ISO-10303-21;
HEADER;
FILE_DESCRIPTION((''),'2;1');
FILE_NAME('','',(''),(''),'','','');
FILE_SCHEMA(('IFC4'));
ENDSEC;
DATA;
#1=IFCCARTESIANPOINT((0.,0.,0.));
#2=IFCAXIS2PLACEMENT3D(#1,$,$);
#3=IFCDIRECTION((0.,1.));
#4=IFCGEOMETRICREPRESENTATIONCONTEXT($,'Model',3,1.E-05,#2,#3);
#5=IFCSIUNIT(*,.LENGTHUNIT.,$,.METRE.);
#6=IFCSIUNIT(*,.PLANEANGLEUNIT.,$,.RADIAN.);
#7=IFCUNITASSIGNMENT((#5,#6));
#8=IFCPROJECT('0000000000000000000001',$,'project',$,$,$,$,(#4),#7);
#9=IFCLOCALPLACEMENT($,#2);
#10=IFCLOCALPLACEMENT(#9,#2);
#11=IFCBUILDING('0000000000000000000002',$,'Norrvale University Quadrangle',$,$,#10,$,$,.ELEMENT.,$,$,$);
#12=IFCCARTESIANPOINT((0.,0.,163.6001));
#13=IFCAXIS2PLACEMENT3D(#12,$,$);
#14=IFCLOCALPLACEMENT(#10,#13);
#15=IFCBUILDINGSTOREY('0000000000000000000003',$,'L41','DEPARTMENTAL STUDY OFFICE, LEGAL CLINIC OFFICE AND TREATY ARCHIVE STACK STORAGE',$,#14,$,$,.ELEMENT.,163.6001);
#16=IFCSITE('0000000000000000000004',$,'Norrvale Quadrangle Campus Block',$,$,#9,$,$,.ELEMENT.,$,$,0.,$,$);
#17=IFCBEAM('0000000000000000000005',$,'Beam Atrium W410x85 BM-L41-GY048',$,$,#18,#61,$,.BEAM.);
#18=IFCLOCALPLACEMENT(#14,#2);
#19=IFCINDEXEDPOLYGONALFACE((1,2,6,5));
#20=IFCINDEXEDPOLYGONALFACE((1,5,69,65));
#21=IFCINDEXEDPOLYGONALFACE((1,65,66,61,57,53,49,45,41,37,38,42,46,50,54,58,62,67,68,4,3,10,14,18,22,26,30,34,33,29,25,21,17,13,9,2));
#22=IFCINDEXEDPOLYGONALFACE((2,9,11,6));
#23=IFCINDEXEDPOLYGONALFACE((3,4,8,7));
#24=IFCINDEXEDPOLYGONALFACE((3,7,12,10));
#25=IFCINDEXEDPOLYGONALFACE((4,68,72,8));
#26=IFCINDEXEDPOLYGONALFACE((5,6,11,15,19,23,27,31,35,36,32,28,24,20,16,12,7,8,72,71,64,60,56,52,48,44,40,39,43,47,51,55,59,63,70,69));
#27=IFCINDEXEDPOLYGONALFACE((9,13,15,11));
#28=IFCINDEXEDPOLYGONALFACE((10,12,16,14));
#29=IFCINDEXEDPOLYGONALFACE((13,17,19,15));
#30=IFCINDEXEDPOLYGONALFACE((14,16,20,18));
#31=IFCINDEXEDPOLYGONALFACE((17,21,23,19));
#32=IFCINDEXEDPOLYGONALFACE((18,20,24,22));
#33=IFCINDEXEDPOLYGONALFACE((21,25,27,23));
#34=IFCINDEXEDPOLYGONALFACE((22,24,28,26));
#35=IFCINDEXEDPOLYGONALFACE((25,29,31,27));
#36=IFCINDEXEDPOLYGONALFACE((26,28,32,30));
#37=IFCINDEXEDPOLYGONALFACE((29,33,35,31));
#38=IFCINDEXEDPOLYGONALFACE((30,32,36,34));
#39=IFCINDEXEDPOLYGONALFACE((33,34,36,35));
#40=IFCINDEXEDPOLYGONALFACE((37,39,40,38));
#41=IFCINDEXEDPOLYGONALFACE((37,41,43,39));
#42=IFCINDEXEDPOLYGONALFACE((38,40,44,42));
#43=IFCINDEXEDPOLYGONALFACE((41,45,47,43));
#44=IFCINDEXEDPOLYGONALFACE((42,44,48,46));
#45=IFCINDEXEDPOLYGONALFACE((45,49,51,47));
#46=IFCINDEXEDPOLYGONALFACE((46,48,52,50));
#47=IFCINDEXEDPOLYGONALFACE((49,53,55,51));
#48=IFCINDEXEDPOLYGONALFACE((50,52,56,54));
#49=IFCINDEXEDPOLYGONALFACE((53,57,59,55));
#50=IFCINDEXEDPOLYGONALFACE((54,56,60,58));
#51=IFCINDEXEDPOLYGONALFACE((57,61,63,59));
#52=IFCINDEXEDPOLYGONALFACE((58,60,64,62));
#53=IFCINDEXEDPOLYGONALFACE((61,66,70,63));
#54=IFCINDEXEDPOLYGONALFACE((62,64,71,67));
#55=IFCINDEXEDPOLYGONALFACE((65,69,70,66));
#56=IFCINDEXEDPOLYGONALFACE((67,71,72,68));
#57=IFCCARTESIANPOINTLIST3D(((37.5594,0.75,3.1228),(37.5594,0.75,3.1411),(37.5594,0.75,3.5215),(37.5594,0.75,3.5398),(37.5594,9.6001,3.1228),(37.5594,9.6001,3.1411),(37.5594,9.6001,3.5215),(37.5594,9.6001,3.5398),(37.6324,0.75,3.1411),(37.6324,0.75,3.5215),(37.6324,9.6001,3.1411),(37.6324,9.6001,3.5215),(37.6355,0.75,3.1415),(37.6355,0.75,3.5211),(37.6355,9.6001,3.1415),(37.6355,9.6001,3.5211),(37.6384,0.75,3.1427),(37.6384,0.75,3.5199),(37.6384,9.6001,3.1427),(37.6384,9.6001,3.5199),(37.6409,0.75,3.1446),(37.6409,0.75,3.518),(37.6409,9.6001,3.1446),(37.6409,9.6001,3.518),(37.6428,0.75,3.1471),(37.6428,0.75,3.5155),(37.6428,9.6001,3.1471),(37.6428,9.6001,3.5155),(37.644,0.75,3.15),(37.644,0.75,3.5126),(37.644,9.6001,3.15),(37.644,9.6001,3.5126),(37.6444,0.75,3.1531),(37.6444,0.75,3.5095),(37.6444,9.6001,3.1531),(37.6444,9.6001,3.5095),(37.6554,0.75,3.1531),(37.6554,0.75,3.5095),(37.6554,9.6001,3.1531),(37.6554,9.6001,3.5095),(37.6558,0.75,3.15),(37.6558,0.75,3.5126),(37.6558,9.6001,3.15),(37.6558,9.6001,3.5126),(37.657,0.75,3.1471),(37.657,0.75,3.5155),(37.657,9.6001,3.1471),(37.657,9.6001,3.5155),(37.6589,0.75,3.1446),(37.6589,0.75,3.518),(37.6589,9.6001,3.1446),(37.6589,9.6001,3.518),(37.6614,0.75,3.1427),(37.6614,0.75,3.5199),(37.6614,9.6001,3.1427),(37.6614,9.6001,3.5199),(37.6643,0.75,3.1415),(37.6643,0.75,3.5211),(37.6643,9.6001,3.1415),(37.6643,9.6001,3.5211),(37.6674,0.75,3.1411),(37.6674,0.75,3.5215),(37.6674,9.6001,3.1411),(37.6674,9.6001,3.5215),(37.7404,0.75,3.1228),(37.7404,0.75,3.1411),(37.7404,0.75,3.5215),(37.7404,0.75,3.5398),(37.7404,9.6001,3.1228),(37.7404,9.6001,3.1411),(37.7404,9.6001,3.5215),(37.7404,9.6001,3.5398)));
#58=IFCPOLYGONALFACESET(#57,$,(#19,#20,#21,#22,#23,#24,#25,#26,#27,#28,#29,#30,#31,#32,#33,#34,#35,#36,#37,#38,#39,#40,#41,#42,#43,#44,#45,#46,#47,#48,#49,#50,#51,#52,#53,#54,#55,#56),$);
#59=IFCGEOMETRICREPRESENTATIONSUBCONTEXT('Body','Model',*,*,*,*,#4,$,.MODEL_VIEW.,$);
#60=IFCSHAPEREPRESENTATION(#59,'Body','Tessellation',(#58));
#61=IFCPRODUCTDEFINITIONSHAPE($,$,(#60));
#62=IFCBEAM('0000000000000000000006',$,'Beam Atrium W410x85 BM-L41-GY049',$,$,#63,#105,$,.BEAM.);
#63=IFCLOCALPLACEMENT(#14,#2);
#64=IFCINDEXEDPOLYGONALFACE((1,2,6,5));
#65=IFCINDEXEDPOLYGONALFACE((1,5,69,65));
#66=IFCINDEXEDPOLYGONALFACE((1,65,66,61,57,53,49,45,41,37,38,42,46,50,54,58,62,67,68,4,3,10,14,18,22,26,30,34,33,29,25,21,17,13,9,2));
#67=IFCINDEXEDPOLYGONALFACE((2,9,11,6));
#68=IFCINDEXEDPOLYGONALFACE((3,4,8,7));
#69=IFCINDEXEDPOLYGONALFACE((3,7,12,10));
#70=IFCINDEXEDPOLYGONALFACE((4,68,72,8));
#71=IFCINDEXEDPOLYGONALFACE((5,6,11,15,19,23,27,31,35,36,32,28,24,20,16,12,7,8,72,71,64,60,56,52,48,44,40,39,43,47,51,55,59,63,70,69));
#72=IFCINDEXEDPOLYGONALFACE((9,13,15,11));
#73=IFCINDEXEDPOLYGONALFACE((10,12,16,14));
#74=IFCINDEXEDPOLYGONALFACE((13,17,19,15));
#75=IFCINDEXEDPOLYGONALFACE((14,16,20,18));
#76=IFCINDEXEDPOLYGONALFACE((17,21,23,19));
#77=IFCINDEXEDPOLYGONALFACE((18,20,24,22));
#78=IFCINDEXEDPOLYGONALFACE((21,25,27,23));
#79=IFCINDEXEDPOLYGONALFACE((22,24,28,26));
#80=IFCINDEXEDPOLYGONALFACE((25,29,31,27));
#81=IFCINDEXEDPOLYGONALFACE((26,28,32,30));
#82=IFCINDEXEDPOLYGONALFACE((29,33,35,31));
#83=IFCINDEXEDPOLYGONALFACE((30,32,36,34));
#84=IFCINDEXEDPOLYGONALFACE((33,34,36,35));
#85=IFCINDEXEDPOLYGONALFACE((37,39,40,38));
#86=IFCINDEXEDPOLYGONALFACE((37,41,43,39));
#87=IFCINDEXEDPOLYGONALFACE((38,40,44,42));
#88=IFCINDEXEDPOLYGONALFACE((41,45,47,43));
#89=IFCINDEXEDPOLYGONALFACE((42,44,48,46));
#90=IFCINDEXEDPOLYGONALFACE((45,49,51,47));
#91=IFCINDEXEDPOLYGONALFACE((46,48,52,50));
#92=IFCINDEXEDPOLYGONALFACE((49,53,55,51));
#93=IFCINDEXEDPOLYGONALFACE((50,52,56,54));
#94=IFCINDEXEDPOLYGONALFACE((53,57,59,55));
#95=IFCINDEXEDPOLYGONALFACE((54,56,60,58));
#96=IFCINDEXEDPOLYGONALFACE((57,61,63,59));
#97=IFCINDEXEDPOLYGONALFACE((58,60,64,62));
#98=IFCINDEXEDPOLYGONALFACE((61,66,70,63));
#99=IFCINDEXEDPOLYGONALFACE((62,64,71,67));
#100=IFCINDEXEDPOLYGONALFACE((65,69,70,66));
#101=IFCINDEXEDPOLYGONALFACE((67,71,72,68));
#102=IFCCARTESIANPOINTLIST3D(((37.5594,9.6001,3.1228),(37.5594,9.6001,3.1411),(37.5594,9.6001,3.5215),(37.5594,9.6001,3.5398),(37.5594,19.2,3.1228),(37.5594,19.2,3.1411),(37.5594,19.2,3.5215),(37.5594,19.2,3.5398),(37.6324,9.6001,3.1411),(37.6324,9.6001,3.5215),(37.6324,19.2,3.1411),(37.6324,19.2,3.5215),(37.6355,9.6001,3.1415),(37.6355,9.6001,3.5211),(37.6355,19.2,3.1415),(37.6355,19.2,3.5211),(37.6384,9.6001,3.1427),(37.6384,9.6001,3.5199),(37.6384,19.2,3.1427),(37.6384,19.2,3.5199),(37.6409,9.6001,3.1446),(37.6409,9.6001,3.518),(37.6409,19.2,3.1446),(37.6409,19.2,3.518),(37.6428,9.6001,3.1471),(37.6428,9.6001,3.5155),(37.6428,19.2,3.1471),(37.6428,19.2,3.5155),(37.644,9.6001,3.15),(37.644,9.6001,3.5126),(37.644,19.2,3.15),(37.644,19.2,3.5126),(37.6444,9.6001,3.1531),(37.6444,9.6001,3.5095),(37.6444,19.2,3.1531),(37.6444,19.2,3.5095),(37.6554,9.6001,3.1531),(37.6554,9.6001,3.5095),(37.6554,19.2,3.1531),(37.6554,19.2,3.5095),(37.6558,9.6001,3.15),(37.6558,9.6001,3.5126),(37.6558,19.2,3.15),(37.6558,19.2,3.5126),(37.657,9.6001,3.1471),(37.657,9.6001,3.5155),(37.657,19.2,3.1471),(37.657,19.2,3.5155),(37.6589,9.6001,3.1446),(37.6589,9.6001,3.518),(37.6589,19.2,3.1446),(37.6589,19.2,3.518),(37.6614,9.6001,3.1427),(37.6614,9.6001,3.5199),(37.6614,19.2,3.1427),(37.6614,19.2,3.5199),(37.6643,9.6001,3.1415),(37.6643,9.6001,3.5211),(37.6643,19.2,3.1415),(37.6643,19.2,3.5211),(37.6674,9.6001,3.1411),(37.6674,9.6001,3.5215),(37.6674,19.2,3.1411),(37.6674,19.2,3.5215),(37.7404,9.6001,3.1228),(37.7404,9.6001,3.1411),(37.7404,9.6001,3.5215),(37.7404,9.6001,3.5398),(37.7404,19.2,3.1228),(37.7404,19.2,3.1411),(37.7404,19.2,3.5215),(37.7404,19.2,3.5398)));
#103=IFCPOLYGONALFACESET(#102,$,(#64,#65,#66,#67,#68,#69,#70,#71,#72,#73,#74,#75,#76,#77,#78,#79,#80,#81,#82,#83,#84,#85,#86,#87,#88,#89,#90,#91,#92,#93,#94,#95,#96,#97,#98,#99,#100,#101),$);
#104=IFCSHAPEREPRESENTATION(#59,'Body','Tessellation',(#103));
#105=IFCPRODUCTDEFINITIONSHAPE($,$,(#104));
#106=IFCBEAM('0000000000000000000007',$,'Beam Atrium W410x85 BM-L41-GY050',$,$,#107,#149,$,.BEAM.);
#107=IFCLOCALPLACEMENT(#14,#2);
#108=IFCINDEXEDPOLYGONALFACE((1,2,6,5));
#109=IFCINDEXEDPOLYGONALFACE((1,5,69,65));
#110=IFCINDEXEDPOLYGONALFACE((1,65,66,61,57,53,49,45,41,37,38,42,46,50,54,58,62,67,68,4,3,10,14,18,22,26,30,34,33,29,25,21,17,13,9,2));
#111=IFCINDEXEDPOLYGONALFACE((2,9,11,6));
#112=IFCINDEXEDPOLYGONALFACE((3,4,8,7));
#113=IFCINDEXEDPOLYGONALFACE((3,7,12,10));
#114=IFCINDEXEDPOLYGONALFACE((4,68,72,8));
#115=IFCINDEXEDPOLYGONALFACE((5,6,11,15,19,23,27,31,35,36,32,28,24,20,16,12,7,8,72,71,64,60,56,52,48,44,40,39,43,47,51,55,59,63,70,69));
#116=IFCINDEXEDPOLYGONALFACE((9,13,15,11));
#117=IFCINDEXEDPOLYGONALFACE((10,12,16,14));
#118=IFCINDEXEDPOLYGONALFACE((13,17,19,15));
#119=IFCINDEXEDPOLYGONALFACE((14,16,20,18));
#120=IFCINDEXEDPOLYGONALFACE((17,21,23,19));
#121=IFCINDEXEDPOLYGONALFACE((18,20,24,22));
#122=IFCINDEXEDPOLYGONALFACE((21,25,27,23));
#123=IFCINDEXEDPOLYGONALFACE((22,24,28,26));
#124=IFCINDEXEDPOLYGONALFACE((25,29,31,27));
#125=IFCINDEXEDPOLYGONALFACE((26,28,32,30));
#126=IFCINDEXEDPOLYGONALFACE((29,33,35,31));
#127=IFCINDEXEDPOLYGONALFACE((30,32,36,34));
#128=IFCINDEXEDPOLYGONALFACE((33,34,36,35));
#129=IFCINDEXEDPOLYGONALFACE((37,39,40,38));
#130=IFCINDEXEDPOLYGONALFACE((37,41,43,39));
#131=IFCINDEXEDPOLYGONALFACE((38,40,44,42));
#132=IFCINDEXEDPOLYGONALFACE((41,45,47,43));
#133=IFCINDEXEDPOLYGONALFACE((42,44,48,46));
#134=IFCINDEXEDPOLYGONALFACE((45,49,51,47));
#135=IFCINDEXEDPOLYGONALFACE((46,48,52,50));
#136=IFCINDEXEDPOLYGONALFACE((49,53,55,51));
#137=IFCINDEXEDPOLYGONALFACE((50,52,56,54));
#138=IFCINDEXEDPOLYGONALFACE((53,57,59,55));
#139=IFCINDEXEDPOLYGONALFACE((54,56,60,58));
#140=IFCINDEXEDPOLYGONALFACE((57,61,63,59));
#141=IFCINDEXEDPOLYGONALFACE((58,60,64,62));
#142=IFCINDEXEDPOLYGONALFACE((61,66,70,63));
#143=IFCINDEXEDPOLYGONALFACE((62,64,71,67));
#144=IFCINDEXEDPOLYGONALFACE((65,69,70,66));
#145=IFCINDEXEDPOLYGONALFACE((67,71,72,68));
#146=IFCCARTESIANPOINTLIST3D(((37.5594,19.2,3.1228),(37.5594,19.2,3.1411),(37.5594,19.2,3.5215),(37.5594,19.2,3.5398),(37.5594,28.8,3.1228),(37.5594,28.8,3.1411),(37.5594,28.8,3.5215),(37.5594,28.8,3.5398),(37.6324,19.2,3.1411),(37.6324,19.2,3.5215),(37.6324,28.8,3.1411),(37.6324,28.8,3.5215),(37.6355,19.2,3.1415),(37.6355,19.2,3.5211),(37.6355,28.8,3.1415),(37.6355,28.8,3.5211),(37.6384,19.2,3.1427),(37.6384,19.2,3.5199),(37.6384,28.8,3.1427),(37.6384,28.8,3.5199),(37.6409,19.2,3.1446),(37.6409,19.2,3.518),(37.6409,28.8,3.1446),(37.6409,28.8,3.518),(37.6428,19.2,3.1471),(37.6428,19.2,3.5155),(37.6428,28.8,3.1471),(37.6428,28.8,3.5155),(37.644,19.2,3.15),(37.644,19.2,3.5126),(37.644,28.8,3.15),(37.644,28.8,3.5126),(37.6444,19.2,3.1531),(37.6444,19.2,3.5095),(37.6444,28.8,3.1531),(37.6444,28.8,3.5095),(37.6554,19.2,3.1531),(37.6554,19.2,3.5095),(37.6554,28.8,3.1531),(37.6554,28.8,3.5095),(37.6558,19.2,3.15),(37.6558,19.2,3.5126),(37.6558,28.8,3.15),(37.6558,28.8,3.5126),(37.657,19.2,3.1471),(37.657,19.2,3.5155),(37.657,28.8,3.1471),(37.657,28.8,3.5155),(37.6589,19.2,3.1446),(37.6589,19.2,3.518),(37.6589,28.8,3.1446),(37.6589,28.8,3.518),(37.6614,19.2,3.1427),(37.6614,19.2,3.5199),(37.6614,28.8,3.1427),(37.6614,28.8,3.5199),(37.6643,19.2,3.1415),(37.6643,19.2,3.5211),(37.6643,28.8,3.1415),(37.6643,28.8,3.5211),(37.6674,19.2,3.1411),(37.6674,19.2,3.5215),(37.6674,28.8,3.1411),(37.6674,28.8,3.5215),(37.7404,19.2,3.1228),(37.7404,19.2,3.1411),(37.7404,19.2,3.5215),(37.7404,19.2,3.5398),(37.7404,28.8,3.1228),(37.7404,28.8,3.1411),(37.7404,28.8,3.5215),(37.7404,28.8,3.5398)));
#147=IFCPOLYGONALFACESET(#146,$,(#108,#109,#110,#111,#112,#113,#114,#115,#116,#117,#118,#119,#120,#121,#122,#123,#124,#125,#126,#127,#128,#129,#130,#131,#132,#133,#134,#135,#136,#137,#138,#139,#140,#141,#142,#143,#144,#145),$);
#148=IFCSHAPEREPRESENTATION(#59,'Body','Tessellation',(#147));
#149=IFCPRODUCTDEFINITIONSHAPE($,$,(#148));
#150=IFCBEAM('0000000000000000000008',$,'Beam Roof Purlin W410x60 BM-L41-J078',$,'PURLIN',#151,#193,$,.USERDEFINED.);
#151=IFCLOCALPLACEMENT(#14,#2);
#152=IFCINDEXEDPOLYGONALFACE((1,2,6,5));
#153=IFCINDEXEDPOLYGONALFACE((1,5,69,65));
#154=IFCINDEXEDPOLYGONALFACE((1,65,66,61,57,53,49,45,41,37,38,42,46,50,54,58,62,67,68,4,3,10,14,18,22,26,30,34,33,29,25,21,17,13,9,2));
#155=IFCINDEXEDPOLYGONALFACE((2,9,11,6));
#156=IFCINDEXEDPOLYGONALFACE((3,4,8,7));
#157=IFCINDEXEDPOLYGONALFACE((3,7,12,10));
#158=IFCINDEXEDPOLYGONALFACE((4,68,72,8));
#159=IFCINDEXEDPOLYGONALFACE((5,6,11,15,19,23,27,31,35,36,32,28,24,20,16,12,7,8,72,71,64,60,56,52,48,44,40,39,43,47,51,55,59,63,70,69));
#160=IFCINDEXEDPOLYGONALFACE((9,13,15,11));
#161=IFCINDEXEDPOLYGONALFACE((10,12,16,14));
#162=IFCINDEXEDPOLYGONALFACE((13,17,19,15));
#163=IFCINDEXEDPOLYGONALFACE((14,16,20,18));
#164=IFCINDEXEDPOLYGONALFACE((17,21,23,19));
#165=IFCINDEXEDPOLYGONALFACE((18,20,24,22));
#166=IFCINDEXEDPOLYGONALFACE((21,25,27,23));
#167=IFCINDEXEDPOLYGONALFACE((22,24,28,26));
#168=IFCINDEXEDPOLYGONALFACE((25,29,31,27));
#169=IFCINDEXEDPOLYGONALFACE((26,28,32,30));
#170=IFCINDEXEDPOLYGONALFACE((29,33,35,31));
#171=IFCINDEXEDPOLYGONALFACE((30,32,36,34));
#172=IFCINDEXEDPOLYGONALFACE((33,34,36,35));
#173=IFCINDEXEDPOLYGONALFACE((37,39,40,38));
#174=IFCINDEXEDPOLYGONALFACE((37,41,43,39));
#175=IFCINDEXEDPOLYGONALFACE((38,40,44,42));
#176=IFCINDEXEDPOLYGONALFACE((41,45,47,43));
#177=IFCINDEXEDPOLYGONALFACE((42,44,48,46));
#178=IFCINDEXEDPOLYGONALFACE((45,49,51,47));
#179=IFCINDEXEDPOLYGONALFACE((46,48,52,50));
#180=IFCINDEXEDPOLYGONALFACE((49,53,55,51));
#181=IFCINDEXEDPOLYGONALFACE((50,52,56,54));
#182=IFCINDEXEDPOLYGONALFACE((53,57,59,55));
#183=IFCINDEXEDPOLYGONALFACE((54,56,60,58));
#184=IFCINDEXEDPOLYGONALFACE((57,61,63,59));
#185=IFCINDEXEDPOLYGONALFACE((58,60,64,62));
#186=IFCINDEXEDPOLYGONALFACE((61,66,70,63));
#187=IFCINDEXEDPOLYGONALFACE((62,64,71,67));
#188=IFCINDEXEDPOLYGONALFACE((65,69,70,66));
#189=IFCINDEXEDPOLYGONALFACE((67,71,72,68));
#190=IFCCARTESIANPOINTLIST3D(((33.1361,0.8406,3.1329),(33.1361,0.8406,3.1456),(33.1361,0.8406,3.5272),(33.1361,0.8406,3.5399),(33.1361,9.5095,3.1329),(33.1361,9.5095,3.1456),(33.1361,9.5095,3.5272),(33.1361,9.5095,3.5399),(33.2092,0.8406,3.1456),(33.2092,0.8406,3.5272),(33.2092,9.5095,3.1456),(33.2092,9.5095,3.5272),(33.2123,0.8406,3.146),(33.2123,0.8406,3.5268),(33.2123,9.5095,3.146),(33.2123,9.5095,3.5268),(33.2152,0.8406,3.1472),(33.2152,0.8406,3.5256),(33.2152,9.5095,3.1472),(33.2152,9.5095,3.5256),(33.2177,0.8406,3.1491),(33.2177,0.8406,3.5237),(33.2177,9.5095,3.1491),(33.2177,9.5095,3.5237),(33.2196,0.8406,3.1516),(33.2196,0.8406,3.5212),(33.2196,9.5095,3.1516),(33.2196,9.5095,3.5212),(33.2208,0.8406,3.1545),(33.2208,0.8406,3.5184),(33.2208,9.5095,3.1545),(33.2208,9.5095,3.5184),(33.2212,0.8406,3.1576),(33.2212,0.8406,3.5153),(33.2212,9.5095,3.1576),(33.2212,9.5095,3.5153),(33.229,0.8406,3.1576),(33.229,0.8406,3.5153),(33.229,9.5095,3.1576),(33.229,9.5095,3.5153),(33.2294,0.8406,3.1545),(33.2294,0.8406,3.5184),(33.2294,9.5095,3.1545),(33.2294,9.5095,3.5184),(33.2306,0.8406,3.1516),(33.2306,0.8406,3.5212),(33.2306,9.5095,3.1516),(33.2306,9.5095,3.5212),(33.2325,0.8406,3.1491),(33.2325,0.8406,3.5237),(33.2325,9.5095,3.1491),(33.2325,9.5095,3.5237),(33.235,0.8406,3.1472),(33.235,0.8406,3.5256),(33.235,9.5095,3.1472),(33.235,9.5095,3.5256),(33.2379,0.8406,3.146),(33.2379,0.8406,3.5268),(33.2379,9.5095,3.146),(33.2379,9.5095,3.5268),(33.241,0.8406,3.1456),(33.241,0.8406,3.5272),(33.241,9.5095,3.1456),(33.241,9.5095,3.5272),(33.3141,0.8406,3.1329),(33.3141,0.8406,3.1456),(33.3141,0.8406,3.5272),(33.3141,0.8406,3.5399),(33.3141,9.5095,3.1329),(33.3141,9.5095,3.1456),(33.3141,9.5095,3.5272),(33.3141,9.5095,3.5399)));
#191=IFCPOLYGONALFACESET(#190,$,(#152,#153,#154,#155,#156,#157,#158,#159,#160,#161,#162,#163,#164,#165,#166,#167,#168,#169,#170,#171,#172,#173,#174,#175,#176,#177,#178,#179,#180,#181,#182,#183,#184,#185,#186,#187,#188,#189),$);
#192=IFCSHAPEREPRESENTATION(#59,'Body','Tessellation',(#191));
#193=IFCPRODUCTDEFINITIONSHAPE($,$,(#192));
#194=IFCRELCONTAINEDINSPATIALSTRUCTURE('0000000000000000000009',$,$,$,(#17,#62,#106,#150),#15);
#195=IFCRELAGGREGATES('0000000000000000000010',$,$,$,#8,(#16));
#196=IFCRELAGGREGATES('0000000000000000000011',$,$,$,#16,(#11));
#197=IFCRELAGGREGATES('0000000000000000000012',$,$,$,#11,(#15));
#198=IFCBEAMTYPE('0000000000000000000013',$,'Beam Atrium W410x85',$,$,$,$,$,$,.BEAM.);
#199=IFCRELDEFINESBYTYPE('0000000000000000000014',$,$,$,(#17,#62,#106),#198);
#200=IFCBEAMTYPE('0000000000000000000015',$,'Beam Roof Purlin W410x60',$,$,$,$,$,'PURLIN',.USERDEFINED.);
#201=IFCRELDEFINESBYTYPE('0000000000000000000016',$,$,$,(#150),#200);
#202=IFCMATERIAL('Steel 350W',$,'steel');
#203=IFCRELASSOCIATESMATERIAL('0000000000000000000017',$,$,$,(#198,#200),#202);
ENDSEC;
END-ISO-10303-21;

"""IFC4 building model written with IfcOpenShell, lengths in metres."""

from ifc_helpers import new_model, si_unit, direction, frame, origin, origin_2d, place, context, subcontext, project, spatial, i_section, extrude, material, material_profile, profile_set, type_object, element, save


model = new_model("IFC4")

# Units and contexts
model_context = context("Model", 3, precision=1e-05, world=origin(), true_north=direction((0.0, 1.0)))
body_context = subcontext(model_context, "Body", "Model", "MODEL_VIEW")
ifc_project = project(units=[si_unit("LENGTHUNIT", "METRE"), si_unit("PLANEANGLEUNIT", "RADIAN")], contexts=[model_context])

# Site, building, storey
site_placement = place(None, origin())
site = spatial("IfcSite", under=ifc_project, at=site_placement, Name="Norrvale Quadrangle Campus Block", CompositionType="ELEMENT", RefElevation=0.0)
building_placement = place(site_placement, origin())
building = spatial("IfcBuilding", under=site, at=building_placement, Name="Norrvale University Quadrangle", CompositionType="ELEMENT")
storey_placement = place(building_placement, frame((0.0, 0.0, 163.6001)))
storey = spatial("IfcBuildingStorey", under=building, at=storey_placement, Name="L41", Description="DEPARTMENTAL STUDY OFFICE, LEGAL CLINIC OFFICE AND TREATY ARCHIVE STACK STORAGE", CompositionType="ELEMENT", Elevation=163.6001)

# Beams
ifc_material_1 = material(Name="Steel 350W", Category="steel")
ifc_material_profile_1 = material_profile(ifc_material_1, i_section(OverallWidth=0.1809, OverallDepth=0.417, WebThickness=0.011, FlangeThickness=0.0183, FilletRadius=0.012, at=origin_2d()), Name="Steel 350W")
ifc_profile_set_1 = profile_set([ifc_material_profile_1], Name="Steel 350W")
beam_type_1 = type_object("IfcBeamType", Name="Beam Atrium W410x85", PredefinedType="BEAM", material=ifc_profile_set_1)
beam_1_placement = place(storey_placement, frame((37.6499, 0.75, 3.3313), z_axis=(0.0, 1.0, 0.0), x_axis=(-1.0, 0.0, 0.0)))
element("IfcBeam", 1, at=beam_1_placement, inside=storey, type_object=beam_type_1, Name="Beam Atrium W410x85 BM-L41-GY048", PredefinedType="BEAM", context=body_context, shape_type="SweptSolid", body=[
    extrude(i_section(OverallWidth=0.1809, OverallDepth=0.417, WebThickness=0.011, FlangeThickness=0.0183, FilletRadius=0.012, at=origin_2d()), origin(), (0.0, 0.0, 1.0), 8.8501),
])
beam_2_placement = place(storey_placement, frame((37.6499, 9.6001, 3.3313), z_axis=(0.0, 1.0, 0.0), x_axis=(-1.0, 0.0, 0.0)))
element("IfcBeam", 2, at=beam_2_placement, inside=storey, type_object=beam_type_1, Name="Beam Atrium W410x85 BM-L41-GY049", PredefinedType="BEAM", context=body_context, shape_type="SweptSolid", body=[
    extrude(i_section(OverallWidth=0.1809, OverallDepth=0.417, WebThickness=0.011, FlangeThickness=0.0183, FilletRadius=0.012, at=origin_2d()), origin(), (0.0, 0.0, 1.0), 9.5999),
])
beam_3_placement = place(storey_placement, frame((37.6499, 19.2, 3.3313), z_axis=(0.0, 1.0, 0.0), x_axis=(-1.0, 0.0, 0.0)))
element("IfcBeam", 3, at=beam_3_placement, inside=storey, type_object=beam_type_1, Name="Beam Atrium W410x85 BM-L41-GY050", PredefinedType="BEAM", context=body_context, shape_type="SweptSolid", body=[
    extrude(i_section(OverallWidth=0.1809, OverallDepth=0.417, WebThickness=0.011, FlangeThickness=0.0183, FilletRadius=0.012, at=origin_2d()), origin(), (0.0, 0.0, 1.0), 9.6001),
])
ifc_material_profile_2 = material_profile(ifc_material_1, i_section(OverallWidth=0.178, OverallDepth=0.407, WebThickness=0.0078, FlangeThickness=0.0127, FilletRadius=0.012, at=origin_2d()), Name="Steel 350W")
ifc_profile_set_2 = profile_set([ifc_material_profile_2], Name="Steel 350W")
beam_type_2 = type_object("IfcBeamType", Name="Beam Roof Purlin W410x60", ElementType="PURLIN", PredefinedType="USERDEFINED", material=ifc_profile_set_2)
beam_4_placement = place(storey_placement, frame((33.2251, 0.8406, 3.3364), z_axis=(0.0, 1.0, 0.0), x_axis=(-1.0, 0.0, 0.0)))
element("IfcBeam", 4, at=beam_4_placement, inside=storey, type_object=beam_type_2, Name="Beam Roof Purlin W410x60 BM-L41-J078", ObjectType="PURLIN", PredefinedType="USERDEFINED", context=body_context, shape_type="SweptSolid", body=[
    extrude(i_section(OverallWidth=0.178, OverallDepth=0.407, WebThickness=0.0078, FlangeThickness=0.0127, FilletRadius=0.012, at=origin_2d()), origin(), (0.0, 0.0, 1.0), 8.6689),
])

save(model, "model.ifc")
